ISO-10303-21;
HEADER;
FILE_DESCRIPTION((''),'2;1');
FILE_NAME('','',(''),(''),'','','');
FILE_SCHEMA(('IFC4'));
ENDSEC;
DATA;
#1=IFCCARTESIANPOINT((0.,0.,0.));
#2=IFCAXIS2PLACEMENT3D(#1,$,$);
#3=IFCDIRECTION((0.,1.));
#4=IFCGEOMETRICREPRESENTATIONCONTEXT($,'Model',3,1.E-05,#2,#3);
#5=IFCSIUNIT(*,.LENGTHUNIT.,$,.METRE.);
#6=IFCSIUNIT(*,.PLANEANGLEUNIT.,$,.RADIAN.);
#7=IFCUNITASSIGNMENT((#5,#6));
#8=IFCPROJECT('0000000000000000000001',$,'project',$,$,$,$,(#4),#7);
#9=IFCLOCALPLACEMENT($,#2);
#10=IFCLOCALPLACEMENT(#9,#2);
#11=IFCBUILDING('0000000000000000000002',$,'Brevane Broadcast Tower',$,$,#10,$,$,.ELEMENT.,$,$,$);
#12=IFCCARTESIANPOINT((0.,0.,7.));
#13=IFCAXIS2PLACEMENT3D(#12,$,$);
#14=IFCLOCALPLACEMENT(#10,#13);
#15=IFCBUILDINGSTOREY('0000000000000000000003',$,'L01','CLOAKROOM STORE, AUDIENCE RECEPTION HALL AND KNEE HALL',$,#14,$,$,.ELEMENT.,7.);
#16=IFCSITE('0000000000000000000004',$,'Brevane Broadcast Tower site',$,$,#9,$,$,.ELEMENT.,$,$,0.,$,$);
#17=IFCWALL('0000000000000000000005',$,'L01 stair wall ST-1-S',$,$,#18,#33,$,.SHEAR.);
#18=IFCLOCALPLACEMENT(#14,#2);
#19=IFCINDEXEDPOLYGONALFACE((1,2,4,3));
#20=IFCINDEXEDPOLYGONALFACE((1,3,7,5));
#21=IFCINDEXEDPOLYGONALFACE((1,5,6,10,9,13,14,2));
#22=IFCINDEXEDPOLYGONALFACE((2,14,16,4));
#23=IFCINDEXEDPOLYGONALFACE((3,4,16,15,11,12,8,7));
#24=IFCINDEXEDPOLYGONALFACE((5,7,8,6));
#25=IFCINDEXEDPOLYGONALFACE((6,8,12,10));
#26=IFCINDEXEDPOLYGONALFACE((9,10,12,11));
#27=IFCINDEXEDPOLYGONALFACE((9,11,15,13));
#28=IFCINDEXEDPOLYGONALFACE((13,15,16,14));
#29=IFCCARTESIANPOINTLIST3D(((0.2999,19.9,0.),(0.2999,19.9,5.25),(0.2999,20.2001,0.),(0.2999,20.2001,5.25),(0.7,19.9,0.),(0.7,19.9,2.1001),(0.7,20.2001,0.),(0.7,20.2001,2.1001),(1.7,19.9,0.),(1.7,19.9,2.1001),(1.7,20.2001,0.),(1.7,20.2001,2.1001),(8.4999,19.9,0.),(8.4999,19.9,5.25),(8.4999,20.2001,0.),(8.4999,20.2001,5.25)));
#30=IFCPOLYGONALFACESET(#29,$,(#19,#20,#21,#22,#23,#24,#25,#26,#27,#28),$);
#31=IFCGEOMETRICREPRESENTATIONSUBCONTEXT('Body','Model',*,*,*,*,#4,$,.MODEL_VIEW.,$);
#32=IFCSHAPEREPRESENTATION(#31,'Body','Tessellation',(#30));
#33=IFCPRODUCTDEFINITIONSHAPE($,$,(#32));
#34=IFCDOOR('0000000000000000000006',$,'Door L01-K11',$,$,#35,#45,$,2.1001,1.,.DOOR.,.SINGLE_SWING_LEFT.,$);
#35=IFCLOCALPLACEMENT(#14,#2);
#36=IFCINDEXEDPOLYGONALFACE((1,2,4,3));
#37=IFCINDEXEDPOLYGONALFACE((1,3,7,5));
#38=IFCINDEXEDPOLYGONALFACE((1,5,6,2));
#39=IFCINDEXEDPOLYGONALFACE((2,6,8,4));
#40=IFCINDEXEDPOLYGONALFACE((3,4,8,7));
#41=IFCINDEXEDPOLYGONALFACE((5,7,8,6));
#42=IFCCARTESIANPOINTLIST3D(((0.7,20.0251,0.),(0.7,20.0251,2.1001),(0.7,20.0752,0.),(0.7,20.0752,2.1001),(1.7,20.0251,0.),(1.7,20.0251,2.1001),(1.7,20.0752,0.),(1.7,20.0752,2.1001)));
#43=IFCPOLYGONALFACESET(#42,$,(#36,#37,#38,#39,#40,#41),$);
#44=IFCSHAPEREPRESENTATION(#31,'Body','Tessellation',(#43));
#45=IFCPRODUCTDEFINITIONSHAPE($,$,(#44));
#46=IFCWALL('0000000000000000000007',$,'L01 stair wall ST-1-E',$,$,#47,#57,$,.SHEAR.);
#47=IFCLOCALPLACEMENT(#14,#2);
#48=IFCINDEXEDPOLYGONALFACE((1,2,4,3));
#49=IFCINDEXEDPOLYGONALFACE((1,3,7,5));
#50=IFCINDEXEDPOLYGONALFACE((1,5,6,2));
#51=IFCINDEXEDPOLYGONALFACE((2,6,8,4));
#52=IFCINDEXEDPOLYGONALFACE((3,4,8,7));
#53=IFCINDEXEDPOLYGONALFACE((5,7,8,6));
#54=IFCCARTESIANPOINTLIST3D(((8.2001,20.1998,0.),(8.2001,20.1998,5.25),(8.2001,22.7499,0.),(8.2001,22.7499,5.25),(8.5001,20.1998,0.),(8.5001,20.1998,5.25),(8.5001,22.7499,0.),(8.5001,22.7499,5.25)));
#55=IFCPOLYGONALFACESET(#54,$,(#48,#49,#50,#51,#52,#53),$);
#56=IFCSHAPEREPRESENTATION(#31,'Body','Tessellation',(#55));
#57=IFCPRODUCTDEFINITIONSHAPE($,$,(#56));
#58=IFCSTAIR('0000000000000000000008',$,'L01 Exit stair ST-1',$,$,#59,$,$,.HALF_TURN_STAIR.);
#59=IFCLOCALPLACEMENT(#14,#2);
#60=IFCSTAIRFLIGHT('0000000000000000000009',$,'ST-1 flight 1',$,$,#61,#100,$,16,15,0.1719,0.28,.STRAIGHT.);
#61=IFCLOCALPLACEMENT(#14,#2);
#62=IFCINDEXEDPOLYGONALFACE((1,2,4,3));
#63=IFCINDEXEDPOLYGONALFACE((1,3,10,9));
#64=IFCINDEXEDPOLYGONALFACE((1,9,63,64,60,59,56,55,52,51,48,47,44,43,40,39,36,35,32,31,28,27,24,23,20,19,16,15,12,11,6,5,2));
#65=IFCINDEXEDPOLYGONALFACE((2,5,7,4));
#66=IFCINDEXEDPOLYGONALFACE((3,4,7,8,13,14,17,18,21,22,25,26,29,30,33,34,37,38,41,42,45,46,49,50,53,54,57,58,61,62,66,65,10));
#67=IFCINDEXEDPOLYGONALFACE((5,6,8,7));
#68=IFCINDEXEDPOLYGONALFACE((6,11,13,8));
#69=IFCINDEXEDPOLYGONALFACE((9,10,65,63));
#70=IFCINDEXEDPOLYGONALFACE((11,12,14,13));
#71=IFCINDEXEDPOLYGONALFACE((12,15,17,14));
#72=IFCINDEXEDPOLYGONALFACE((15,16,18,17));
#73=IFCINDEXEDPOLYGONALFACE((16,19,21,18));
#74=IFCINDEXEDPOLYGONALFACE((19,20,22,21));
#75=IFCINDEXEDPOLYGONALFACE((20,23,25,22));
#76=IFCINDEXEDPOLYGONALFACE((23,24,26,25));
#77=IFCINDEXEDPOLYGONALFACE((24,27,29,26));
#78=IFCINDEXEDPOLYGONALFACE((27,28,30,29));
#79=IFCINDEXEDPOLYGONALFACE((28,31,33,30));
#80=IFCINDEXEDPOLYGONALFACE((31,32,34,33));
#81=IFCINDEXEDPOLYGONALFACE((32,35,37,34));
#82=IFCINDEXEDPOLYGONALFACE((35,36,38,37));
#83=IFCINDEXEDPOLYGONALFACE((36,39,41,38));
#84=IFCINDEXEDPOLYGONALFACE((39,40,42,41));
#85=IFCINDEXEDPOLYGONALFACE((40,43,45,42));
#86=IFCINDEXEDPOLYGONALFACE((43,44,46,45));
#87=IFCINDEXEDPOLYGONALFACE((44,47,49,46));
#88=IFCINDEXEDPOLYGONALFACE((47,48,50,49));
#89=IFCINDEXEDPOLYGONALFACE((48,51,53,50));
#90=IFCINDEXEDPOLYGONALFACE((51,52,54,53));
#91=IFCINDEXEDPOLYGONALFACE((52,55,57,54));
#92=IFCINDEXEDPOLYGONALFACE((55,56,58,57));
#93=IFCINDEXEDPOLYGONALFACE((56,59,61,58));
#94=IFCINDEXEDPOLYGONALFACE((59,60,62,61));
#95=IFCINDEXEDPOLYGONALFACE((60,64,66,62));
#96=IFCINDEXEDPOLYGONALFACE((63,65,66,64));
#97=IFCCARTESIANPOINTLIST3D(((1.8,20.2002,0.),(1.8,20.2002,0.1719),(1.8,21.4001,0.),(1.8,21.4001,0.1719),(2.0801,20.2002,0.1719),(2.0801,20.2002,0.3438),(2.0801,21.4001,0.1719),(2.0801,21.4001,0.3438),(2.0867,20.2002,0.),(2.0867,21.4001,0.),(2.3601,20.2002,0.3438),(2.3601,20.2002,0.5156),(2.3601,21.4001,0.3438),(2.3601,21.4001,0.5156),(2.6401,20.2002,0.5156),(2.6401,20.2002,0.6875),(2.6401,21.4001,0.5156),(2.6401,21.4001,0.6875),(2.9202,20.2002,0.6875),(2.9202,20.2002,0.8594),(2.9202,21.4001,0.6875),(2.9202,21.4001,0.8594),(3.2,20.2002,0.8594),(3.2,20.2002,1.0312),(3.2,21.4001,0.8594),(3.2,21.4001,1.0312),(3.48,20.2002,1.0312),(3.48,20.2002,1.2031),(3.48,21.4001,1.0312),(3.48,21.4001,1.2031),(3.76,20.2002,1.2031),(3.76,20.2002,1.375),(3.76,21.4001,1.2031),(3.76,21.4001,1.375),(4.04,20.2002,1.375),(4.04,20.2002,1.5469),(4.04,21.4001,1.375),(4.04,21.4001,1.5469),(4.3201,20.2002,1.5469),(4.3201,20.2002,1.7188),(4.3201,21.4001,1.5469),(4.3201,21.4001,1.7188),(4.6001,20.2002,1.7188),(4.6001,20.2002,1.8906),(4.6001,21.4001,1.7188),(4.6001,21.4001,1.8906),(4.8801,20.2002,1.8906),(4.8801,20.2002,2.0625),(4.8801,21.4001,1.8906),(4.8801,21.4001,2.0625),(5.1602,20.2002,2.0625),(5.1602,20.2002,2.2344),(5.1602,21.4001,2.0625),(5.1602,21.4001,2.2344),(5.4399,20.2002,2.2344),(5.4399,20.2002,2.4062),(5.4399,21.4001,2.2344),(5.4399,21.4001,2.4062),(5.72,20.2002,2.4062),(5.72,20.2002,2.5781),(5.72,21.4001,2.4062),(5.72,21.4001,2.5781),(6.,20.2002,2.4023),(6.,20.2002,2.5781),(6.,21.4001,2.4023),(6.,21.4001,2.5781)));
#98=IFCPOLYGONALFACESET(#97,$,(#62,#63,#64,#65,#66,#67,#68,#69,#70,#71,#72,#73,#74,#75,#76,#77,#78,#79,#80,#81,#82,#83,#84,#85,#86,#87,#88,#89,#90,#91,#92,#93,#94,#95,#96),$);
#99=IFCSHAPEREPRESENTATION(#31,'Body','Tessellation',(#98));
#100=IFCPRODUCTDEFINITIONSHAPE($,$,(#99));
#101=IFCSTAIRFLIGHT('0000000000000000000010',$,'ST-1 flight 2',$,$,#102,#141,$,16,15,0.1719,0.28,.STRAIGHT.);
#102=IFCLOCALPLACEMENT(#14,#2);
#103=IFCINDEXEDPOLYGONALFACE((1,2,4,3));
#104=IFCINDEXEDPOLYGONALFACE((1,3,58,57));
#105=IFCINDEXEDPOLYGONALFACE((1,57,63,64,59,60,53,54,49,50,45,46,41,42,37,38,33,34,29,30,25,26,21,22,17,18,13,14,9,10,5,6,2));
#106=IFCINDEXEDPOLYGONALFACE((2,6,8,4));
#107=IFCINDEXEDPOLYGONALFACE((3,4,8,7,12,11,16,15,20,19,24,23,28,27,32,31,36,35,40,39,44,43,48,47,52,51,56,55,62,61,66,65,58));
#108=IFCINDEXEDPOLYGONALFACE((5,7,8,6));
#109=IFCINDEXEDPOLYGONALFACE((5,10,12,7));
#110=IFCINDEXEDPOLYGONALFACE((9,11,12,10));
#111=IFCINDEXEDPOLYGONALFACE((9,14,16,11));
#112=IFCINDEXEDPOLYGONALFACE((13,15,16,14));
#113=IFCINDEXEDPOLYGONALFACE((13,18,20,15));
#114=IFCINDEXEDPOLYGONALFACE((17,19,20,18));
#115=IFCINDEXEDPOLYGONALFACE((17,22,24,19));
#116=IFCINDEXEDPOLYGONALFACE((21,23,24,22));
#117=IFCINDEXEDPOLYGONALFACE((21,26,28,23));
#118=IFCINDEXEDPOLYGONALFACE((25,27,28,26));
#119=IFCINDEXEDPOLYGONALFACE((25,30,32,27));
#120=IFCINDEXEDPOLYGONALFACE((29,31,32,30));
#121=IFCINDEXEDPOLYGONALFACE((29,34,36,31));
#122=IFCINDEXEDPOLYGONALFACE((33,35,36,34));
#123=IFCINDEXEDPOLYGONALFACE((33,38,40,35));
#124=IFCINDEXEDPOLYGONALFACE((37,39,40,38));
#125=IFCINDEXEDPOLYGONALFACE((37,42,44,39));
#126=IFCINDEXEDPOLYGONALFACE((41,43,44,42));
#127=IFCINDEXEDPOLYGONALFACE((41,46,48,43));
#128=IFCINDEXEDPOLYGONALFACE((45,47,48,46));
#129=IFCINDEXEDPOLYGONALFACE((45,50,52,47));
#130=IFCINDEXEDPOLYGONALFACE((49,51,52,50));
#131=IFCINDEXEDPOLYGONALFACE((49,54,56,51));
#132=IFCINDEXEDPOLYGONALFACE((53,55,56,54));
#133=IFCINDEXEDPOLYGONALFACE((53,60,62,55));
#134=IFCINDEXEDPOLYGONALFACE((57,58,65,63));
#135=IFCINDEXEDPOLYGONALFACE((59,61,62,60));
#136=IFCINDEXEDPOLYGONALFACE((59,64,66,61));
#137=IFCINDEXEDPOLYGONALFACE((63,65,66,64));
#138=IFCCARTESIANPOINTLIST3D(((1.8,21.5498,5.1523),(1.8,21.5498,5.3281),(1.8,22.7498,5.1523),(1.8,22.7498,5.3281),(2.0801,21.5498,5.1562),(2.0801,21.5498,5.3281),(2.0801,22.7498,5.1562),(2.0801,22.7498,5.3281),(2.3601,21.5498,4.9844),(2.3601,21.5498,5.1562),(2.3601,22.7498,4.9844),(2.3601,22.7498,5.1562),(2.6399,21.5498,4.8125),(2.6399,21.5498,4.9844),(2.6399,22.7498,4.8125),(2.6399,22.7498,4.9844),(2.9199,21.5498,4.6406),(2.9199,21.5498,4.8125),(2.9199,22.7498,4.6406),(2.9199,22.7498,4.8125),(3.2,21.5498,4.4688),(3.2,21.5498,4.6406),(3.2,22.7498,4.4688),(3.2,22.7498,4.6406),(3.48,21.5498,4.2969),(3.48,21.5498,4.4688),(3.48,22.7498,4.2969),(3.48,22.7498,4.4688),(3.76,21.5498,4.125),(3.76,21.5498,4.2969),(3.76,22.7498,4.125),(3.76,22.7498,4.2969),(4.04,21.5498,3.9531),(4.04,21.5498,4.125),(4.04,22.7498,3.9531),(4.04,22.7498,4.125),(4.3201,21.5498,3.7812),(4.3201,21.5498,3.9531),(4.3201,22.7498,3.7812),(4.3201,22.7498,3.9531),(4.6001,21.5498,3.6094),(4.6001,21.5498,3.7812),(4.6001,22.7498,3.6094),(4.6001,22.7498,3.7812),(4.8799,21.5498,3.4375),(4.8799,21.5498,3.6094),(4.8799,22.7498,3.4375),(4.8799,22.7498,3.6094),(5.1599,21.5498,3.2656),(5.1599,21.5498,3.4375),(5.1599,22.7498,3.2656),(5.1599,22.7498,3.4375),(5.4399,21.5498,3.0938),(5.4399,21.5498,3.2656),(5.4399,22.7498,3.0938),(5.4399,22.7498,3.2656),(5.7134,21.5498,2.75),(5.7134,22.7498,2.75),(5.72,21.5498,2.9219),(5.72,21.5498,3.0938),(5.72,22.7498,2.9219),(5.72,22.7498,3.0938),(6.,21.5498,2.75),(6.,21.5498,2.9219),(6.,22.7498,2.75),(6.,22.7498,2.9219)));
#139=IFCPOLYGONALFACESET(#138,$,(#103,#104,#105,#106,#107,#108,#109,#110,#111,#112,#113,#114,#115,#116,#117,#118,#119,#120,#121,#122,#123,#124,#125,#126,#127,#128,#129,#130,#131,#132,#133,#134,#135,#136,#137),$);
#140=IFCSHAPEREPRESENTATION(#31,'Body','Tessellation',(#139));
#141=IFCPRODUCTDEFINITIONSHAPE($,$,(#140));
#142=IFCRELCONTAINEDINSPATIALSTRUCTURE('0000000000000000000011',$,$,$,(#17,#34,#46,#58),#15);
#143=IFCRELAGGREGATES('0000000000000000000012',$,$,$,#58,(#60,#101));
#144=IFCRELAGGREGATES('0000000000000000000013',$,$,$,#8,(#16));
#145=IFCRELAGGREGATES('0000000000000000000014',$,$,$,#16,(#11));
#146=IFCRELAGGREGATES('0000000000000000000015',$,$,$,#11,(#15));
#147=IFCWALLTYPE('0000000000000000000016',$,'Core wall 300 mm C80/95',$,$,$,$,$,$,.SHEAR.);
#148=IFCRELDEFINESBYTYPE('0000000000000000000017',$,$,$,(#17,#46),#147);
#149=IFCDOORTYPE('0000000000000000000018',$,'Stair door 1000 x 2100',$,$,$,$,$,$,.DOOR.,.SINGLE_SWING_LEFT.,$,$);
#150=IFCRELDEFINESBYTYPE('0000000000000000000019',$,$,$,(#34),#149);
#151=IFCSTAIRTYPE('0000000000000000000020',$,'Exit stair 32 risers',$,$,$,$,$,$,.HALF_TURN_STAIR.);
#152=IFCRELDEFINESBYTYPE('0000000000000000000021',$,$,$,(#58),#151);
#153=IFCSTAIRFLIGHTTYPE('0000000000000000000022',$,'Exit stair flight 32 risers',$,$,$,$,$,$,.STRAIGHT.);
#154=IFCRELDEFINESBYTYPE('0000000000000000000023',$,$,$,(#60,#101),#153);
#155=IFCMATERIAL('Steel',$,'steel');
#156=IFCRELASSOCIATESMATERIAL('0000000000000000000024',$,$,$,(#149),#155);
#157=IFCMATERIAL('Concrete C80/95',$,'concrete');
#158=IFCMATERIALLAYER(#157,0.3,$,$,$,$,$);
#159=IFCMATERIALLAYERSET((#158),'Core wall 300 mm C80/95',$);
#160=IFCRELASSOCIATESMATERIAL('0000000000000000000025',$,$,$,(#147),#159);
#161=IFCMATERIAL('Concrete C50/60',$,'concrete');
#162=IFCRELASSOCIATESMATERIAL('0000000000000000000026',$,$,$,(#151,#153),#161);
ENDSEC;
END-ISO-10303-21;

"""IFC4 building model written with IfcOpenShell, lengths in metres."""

from ifc_helpers import new_model, si_unit, direction, frame, frame_2d, origin, place, context, subcontext, project, spatial, polyline, rectangle, outline, extrude, material, layer, layer_set, type_object, element, fill, aggregate, save


model = new_model("IFC4")

# Units and contexts
model_context = context("Model", 3, precision=1e-05, world=origin(), true_north=direction((0.0, 1.0)))
body_context = subcontext(model_context, "Body", "Model", "MODEL_VIEW")
ifc_project = project(units=[si_unit("LENGTHUNIT", "METRE"), si_unit("PLANEANGLEUNIT", "RADIAN")], contexts=[model_context])

# Site, building, storey
site_placement = place(None, origin())
site = spatial("IfcSite", under=ifc_project, at=site_placement, Name="Brevane Broadcast Tower site", CompositionType="ELEMENT", RefElevation=0.0)
building_placement = place(site_placement, origin())
building = spatial("IfcBuilding", under=site, at=building_placement, Name="Brevane Broadcast Tower", CompositionType="ELEMENT")
storey_placement = place(building_placement, frame((0.0, 0.0, 7.0)))
storey = spatial("IfcBuildingStorey", under=building, at=storey_placement, Name="L01", Description="CLOAKROOM STORE, AUDIENCE RECEPTION HALL AND KNEE HALL", CompositionType="ELEMENT", Elevation=7.0)

# Shared definitions
ifc_material_1 = material(Name="Steel", Category="steel")
door_type_1 = type_object("IfcDoorType", Name="Stair door 1000 x 2100", OperationType="SINGLE_SWING_LEFT", PredefinedType="DOOR", material=ifc_material_1)

# Shared definitions
ifc_material_2 = material(Name="Concrete C80/95", Category="concrete")
ifc_layer_1 = layer(ifc_material_2, 0.3)
ifc_layer_set_1 = layer_set([ifc_layer_1], Name="Core wall 300 mm C80/95")
wall_type_1 = type_object("IfcWallType", Name="Core wall 300 mm C80/95", PredefinedType="SHEAR", material=ifc_layer_set_1)

# Wall, opening, door
wall_1_placement = place(storey_placement, frame((8.5, 20.05, 0.0), z_axis=(0.0, 0.0, 1.0), x_axis=(-1.0, 0.0, 0.0)))
wall_1 = element("IfcWall", 1, at=wall_1_placement, inside=storey, type_object=wall_type_1, Name="L01 stair wall ST-1-S", PredefinedType="SHEAR", context=body_context, shape_type="SweptSolid", body=[
    extrude(rectangle(XDim=8.2, YDim=0.3, at=frame_2d((4.1001, 0.0))), origin(), (0.0, 0.0, 1.0), 5.25),
])
opening_1_placement = place(wall_1_placement, frame((6.8, 0.0, 0.0)))
opening_1 = element("IfcOpeningElement", 2, at=opening_1_placement, cuts=wall_1, PredefinedType="OPENING", context=body_context, shape_type="SweptSolid", body=[
    extrude(rectangle(XDim=1.0, YDim=2.1001, at=frame_2d((0.5, 1.05))), frame((0.0, 0.1599, 0.0), z_axis=(0.0, -1.0, 0.0), x_axis=(1.0, 0.0, 0.0)), (0.0, 0.0, 1.0), 0.3201),
])
door_1_placement = place(opening_1_placement, origin())
door_1 = element("IfcDoor", 3, at=door_1_placement, inside=storey, type_object=door_type_1, Name="Door L01-K11", OperationType="SINGLE_SWING_LEFT", OverallHeight=2.1001, OverallWidth=1.0, PredefinedType="DOOR", context=body_context, shape_type="SweptSolid", body=[
    extrude(rectangle(XDim=1.0, YDim=2.1001, at=frame_2d((0.5, 1.05))), frame((0.0, 0.0249, 0.0), z_axis=(0.0, -1.0, 0.0), x_axis=(1.0, 0.0, 0.0)), (0.0, 0.0, 1.0), 0.05),
])
fill(opening_1, door_1)

# Wall
wall_2_placement = place(storey_placement, frame((8.3501, 20.2, 0.0), z_axis=(0.0, 0.0, 1.0), x_axis=(0.0, 1.0, 0.0)))
element("IfcWall", 4, at=wall_2_placement, inside=storey, type_object=wall_type_1, Name="L01 stair wall ST-1-E", PredefinedType="SHEAR", context=body_context, shape_type="SweptSolid", body=[
    extrude(rectangle(XDim=2.55, YDim=0.3, at=frame_2d((1.2749, 0.0))), origin(), (0.0, 0.0, 1.0), 5.25),
])

# Stair, stair flights
ifc_material_3 = material(Name="Concrete C50/60", Category="concrete")
stair_type = type_object("IfcStairType", Name="Exit stair 32 risers", PredefinedType="HALF_TURN_STAIR", material=ifc_material_3)
stair_placement = place(storey_placement, origin())
stair = element("IfcStair", 5, at=stair_placement, inside=storey, type_object=stair_type, Name="L01 Exit stair ST-1", PredefinedType="HALF_TURN_STAIR")
stair_flight_type = type_object("IfcStairFlightType", Name="Exit stair flight 32 risers", PredefinedType="STRAIGHT", material=ifc_material_3)
stair_flight_1_placement = place(storey_placement, frame((1.8, 20.8, 0.0), z_axis=(0.0, 0.0, 1.0), x_axis=(1.0, 0.0, 0.0)))
stair_flight_1 = element("IfcStairFlight", 6, at=stair_flight_1_placement, type_object=stair_flight_type, Name="ST-1 flight 1", NumberOfRisers=16, NumberOfTreads=15, PredefinedType="STRAIGHT", RiserHeight=0.1719, TreadLength=0.28, context=body_context, shape_type="SweptSolid", body=[
    extrude(outline(polyline([(0.0, 0.0), (0.0, 0.1719), (0.28, 0.1719), (0.28, 0.3438), (0.5601, 0.3438), (0.5601, 0.5156), (0.8401, 0.5156), (0.8401, 0.6875), (1.1201, 0.6875), (1.1201, 0.8594), (1.3999, 0.8594), (1.3999, 1.0312), (1.6799, 1.0312), (1.6799, 1.2031), (1.96, 1.2031), (1.96, 1.375), (2.24, 1.375), (2.24, 1.5469), (2.52, 1.5469), (2.52, 1.7188), (2.8, 1.7188), (2.8, 1.8906), (3.0801, 1.8906), (3.0801, 2.0625), (3.3601, 2.0625), (3.3601, 2.2344), (3.6399, 2.2344), (3.6399, 2.4062), (3.9199, 2.4062), (3.9199, 2.5781), (4.2, 2.5781), (4.2, 2.75), (4.2, 2.4023), (0.2866, 0.0), (0.0, 0.0)])), frame((0.0, 0.6001, 0.0), z_axis=(0.0, -1.0, 0.0), x_axis=(1.0, 0.0, 0.0)), (0.0, 0.0, 1.0), 1.2),
])
stair_flight_2_placement = place(storey_placement, frame((6.0, 22.1499, 2.75), z_axis=(0.0, 0.0, 1.0), x_axis=(-1.0, 0.0, 0.0)))
stair_flight_2 = element("IfcStairFlight", 7, at=stair_flight_2_placement, type_object=stair_flight_type, Name="ST-1 flight 2", NumberOfRisers=16, NumberOfTreads=15, PredefinedType="STRAIGHT", RiserHeight=0.1719, TreadLength=0.28, context=body_context, shape_type="SweptSolid", body=[
    extrude(outline(polyline([(0.0, 0.0), (0.0, 0.1719), (0.28, 0.1719), (0.28, 0.3438), (0.5601, 0.3438), (0.5601, 0.5156), (0.8401, 0.5156), (0.8401, 0.6875), (1.1201, 0.6875), (1.1201, 0.8594), (1.3999, 0.8594), (1.3999, 1.0312), (1.6799, 1.0312), (1.6799, 1.2031), (1.96, 1.2031), (1.96, 1.375), (2.24, 1.375), (2.24, 1.5469), (2.52, 1.5469), (2.52, 1.7188), (2.8, 1.7188), (2.8, 1.8906), (3.0801, 1.8906), (3.0801, 2.0625), (3.3601, 2.0625), (3.3601, 2.2344), (3.6399, 2.2344), (3.6399, 2.4062), (3.9199, 2.4062), (3.9199, 2.5781), (4.2, 2.5781), (4.2, 2.75), (4.2, 2.4023), (0.2866, 0.0), (0.0, 0.0)])), frame((0.0, 0.6001, 0.0), z_axis=(0.0, -1.0, 0.0), x_axis=(1.0, 0.0, 0.0)), (0.0, 0.0, 1.0), 1.2),
])
aggregate(stair, [stair_flight_1, stair_flight_2])

save(model, "model.ifc")
